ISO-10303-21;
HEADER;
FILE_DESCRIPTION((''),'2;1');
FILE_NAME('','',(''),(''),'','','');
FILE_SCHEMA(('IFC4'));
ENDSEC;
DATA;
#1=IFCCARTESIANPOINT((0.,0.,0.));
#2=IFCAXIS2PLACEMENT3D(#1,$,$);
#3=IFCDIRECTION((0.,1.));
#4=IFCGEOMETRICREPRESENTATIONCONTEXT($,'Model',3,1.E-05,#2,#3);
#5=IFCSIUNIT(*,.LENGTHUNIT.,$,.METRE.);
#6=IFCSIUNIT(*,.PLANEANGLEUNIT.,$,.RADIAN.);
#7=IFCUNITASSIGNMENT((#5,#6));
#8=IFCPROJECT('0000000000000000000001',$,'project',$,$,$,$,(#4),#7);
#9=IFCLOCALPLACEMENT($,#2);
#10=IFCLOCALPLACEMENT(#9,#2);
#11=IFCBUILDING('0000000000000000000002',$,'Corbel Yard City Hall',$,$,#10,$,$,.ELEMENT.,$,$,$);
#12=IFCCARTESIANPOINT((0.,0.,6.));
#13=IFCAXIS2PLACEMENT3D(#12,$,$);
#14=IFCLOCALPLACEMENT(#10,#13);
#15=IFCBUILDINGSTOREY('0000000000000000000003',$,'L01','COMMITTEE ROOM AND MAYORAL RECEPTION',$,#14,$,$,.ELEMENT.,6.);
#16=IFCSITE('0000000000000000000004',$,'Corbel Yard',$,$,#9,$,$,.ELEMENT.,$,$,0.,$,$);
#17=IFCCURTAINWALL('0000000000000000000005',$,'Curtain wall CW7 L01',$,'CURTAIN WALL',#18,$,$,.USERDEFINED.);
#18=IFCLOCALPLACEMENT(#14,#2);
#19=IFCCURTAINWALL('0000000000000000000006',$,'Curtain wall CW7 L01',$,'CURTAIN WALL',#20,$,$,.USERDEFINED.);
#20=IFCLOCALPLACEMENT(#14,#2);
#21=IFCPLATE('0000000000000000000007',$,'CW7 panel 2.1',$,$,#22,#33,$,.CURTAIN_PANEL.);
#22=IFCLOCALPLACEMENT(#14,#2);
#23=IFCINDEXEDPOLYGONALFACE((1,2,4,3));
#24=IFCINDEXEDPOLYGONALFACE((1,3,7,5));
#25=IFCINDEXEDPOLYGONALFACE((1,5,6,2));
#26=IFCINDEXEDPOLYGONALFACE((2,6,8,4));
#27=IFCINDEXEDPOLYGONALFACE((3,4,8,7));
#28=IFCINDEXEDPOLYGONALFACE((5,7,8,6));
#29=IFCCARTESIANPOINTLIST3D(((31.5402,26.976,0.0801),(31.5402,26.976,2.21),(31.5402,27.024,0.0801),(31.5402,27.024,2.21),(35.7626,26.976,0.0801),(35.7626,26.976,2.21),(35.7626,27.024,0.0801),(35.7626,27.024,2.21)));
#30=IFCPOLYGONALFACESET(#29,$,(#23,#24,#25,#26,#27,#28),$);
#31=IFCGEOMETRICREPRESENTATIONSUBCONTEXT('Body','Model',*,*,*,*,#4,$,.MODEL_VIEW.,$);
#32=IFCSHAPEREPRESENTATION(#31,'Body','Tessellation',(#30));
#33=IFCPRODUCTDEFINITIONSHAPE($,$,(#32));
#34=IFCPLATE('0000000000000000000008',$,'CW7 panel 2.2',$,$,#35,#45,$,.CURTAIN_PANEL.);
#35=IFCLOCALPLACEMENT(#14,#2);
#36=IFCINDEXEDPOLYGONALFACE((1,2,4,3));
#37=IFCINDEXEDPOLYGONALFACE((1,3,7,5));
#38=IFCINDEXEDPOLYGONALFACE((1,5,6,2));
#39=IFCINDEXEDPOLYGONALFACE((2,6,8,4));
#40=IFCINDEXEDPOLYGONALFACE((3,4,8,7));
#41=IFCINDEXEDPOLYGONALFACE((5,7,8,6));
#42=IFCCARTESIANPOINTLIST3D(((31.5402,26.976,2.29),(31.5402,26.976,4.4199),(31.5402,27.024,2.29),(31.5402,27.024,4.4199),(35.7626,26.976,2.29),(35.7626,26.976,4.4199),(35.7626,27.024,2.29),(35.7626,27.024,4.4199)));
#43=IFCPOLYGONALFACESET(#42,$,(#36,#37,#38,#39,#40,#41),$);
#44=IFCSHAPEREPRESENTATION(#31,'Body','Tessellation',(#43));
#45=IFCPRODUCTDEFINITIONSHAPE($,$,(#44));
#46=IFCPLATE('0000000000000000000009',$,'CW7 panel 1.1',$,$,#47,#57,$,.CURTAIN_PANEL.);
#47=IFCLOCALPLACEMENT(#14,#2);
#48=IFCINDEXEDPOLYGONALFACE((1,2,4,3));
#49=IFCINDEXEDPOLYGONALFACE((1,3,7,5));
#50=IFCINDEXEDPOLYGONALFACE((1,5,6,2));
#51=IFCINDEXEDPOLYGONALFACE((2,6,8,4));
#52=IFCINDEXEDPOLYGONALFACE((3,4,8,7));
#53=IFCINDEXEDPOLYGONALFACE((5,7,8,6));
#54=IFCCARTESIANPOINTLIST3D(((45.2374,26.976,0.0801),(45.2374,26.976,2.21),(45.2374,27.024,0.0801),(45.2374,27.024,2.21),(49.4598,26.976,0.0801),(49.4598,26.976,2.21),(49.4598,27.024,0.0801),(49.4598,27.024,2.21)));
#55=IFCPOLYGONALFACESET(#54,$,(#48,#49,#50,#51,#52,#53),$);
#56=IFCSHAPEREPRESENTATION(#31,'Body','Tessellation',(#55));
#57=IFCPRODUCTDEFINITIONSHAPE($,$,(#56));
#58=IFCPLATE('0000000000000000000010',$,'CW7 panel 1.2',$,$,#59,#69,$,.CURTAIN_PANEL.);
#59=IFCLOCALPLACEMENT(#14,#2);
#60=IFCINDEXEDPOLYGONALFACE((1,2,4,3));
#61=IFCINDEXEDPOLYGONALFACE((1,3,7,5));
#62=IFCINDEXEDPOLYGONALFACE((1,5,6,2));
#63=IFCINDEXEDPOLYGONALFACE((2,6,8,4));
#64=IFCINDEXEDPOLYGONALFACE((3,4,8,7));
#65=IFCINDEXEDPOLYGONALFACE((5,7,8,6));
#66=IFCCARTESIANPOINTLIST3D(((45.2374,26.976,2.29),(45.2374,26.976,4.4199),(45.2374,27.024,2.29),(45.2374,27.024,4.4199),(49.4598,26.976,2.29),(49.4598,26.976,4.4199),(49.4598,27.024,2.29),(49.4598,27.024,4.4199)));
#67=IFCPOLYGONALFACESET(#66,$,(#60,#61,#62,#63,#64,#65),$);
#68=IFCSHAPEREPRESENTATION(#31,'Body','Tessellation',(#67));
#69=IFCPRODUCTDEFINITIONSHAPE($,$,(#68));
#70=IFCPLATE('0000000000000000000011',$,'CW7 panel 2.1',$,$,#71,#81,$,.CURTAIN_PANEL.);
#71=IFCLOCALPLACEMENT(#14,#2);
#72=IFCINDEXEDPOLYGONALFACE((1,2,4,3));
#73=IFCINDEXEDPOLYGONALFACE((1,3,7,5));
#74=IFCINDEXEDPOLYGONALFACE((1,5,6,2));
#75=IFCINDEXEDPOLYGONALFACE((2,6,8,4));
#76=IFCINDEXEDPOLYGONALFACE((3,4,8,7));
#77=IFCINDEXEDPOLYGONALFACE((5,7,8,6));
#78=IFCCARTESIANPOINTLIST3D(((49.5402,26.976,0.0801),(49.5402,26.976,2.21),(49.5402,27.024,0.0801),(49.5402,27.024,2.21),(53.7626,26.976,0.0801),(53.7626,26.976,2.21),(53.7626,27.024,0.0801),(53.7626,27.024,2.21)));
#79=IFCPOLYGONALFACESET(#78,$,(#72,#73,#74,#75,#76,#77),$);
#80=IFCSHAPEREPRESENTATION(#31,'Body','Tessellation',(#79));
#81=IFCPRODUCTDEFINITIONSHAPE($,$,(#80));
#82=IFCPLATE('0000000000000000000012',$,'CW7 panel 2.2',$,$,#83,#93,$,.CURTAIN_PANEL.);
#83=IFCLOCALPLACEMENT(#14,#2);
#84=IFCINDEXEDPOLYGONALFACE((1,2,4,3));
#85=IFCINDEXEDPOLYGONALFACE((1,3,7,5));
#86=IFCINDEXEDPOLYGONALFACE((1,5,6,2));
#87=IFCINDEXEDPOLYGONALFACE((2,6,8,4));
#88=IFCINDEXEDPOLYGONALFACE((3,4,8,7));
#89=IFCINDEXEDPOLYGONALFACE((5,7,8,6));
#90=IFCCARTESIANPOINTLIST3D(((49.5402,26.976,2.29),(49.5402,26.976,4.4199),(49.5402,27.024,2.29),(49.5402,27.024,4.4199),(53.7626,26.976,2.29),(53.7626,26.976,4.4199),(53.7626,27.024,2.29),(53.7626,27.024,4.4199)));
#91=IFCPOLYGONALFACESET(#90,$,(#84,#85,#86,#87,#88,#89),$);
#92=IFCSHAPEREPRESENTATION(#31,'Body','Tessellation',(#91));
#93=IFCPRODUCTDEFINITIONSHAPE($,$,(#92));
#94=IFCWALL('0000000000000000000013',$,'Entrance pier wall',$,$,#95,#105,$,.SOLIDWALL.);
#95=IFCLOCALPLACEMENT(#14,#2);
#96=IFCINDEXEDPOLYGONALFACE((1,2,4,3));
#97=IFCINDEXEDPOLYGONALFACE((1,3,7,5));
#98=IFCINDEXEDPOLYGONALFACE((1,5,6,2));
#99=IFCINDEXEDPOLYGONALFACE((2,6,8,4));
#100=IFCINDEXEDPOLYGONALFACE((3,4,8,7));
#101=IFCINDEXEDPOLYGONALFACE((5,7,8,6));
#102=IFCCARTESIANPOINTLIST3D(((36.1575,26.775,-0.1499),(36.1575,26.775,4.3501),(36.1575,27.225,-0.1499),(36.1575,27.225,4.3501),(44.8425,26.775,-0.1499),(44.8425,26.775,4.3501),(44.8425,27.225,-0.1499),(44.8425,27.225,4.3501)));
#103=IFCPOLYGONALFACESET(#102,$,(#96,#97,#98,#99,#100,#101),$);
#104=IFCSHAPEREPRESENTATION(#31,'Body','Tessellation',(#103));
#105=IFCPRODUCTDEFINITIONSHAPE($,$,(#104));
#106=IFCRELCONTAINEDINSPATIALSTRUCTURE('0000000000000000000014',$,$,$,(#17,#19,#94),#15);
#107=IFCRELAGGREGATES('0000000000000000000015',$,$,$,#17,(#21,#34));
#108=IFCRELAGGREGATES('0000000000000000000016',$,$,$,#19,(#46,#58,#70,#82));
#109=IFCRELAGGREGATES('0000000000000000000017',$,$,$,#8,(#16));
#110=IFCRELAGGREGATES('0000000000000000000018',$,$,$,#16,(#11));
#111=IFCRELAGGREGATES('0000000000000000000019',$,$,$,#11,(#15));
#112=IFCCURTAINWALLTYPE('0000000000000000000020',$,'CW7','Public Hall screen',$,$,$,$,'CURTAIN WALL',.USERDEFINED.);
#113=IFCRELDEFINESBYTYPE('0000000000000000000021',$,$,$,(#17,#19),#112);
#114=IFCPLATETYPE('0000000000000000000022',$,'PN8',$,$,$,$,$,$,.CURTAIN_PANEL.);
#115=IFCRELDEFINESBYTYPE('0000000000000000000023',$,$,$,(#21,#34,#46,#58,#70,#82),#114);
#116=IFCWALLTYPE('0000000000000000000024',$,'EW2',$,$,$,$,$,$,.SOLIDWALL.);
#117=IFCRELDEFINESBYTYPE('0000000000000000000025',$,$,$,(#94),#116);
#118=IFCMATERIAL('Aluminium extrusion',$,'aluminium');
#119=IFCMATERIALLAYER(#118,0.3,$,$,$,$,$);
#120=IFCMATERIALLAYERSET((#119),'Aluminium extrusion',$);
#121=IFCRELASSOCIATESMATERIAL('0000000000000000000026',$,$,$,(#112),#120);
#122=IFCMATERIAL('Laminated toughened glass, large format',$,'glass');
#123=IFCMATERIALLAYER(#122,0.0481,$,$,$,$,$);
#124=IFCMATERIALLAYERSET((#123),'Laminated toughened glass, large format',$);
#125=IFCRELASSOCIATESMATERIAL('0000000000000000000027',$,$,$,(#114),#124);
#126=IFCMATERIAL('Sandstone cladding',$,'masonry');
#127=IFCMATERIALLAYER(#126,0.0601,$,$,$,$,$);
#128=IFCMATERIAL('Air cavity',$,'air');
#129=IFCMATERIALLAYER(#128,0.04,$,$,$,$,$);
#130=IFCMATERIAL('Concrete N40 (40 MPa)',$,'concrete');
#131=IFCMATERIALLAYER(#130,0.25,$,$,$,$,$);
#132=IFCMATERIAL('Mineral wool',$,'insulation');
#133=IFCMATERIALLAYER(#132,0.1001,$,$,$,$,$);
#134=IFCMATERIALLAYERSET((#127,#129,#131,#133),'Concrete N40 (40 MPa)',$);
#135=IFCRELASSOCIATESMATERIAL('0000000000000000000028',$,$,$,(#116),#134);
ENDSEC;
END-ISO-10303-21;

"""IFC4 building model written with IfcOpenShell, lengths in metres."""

from ifc_helpers import new_model, si_unit, direction, frame, frame_2d, origin, origin_2d, place, context, subcontext, project, spatial, rectangle, extrude, material, layer, layer_set, type_object, element, aggregate, save


model = new_model("IFC4")

# Units and contexts
model_context = context("Model", 3, precision=1e-05, world=origin(), true_north=direction((0.0, 1.0)))
body_context = subcontext(model_context, "Body", "Model", "MODEL_VIEW")
ifc_project = project(units=[si_unit("LENGTHUNIT", "METRE"), si_unit("PLANEANGLEUNIT", "RADIAN")], contexts=[model_context])

# Site, building, storey
site_placement = place(None, origin())
site = spatial("IfcSite", under=ifc_project, at=site_placement, Name="Corbel Yard", CompositionType="ELEMENT", RefElevation=0.0)
building_placement = place(site_placement, origin())
building = spatial("IfcBuilding", under=site, at=building_placement, Name="Corbel Yard City Hall", CompositionType="ELEMENT")
storey_placement = place(building_placement, frame((0.0, 0.0, 6.0)))
storey = spatial("IfcBuildingStorey", under=building, at=storey_placement, Name="L01", Description="COMMITTEE ROOM AND MAYORAL RECEPTION", CompositionType="ELEMENT", Elevation=6.0)

# Curtain walls
ifc_material_1 = material(Name="Aluminium extrusion", Category="aluminium")
ifc_layer_1 = layer(ifc_material_1, 0.3)
ifc_layer_set_1 = layer_set([ifc_layer_1], Name="Aluminium extrusion")
curtain_wall_type_1 = type_object("IfcCurtainWallType", Name="CW7", Description="Public Hall screen", ElementType="CURTAIN WALL", PredefinedType="USERDEFINED", material=ifc_layer_set_1)
curtain_wall_1_placement = place(storey_placement, origin())
curtain_wall_1 = element("IfcCurtainWall", 1, at=curtain_wall_1_placement, inside=storey, type_object=curtain_wall_type_1, Name="Curtain wall CW7 L01", ObjectType="CURTAIN WALL", PredefinedType="USERDEFINED")
curtain_wall_2_placement = place(storey_placement, origin())
curtain_wall_2 = element("IfcCurtainWall", 2, at=curtain_wall_2_placement, inside=storey, type_object=curtain_wall_type_1, Name="Curtain wall CW7 L01", ObjectType="CURTAIN WALL", PredefinedType="USERDEFINED")

# Plates
ifc_material_2 = material(Name="Laminated toughened glass, large format", Category="glass")
ifc_layer_2 = layer(ifc_material_2, 0.0481)
ifc_layer_set_2 = layer_set([ifc_layer_2], Name="Laminated toughened glass, large format")
plate_type_1 = type_object("IfcPlateType", Name="PN8", PredefinedType="CURTAIN_PANEL", material=ifc_layer_set_2)
plate_1_placement = place(storey_placement, frame((33.6514, 27.0, 0.0801), z_axis=(0.0, 0.0, 1.0), x_axis=(1.0, 0.0, 0.0)))
plate_1 = element("IfcPlate", 3, at=plate_1_placement, type_object=plate_type_1, Name="CW7 panel 2.1", PredefinedType="CURTAIN_PANEL", context=body_context, shape_type="SweptSolid", body=[
    extrude(rectangle(XDim=4.2224, YDim=0.0481, at=origin_2d()), origin(), (0.0, 0.0, 1.0), 2.1299),
])
plate_2_placement = place(storey_placement, frame((33.6514, 27.0, 2.29), z_axis=(0.0, 0.0, 1.0), x_axis=(1.0, 0.0, 0.0)))
plate_2 = element("IfcPlate", 4, at=plate_2_placement, type_object=plate_type_1, Name="CW7 panel 2.2", PredefinedType="CURTAIN_PANEL", context=body_context, shape_type="SweptSolid", body=[
    extrude(rectangle(XDim=4.2224, YDim=0.0481, at=origin_2d()), origin(), (0.0, 0.0, 1.0), 2.1299),
])
aggregate(curtain_wall_1, [plate_1, plate_2])
plate_3_placement = place(storey_placement, frame((47.3486, 27.0, 0.0801), z_axis=(0.0, 0.0, 1.0), x_axis=(1.0, 0.0, 0.0)))
plate_3 = element("IfcPlate", 5, at=plate_3_placement, type_object=plate_type_1, Name="CW7 panel 1.1", PredefinedType="CURTAIN_PANEL", context=body_context, shape_type="SweptSolid", body=[
    extrude(rectangle(XDim=4.2224, YDim=0.0481, at=origin_2d()), origin(), (0.0, 0.0, 1.0), 2.1299),
])
plate_4_placement = place(storey_placement, frame((47.3486, 27.0, 2.29), z_axis=(0.0, 0.0, 1.0), x_axis=(1.0, 0.0, 0.0)))
plate_4 = element("IfcPlate", 6, at=plate_4_placement, type_object=plate_type_1, Name="CW7 panel 1.2", PredefinedType="CURTAIN_PANEL", context=body_context, shape_type="SweptSolid", body=[
    extrude(rectangle(XDim=4.2224, YDim=0.0481, at=origin_2d()), origin(), (0.0, 0.0, 1.0), 2.1299),
])
plate_5_placement = place(storey_placement, frame((51.6514, 27.0, 0.0801), z_axis=(0.0, 0.0, 1.0), x_axis=(1.0, 0.0, 0.0)))
plate_5 = element("IfcPlate", 7, at=plate_5_placement, type_object=plate_type_1, Name="CW7 panel 2.1", PredefinedType="CURTAIN_PANEL", context=body_context, shape_type="SweptSolid", body=[
    extrude(rectangle(XDim=4.2224, YDim=0.0481, at=origin_2d()), origin(), (0.0, 0.0, 1.0), 2.1299),
])
plate_6_placement = place(storey_placement, frame((51.6514, 27.0, 2.29), z_axis=(0.0, 0.0, 1.0), x_axis=(1.0, 0.0, 0.0)))
plate_6 = element("IfcPlate", 8, at=plate_6_placement, type_object=plate_type_1, Name="CW7 panel 2.2", PredefinedType="CURTAIN_PANEL", context=body_context, shape_type="SweptSolid", body=[
    extrude(rectangle(XDim=4.2224, YDim=0.0481, at=origin_2d()), origin(), (0.0, 0.0, 1.0), 2.1299),
])
aggregate(curtain_wall_2, [plate_3, plate_4, plate_5, plate_6])

# Wall
ifc_material_3 = material(Name="Sandstone cladding", Category="masonry")
ifc_layer_3 = layer(ifc_material_3, 0.0601)
ifc_material_4 = material(Name="Air cavity", Category="air")
ifc_layer_4 = layer(ifc_material_4, 0.04)
ifc_material_5 = material(Name="Concrete N40 (40 MPa)", Category="concrete")
ifc_layer_5 = layer(ifc_material_5, 0.25)
ifc_material_6 = material(Name="Mineral wool", Category="insulation")
ifc_layer_6 = layer(ifc_material_6, 0.1001)
ifc_layer_set_3 = layer_set([ifc_layer_3, ifc_layer_4, ifc_layer_5, ifc_layer_6], Name="Concrete N40 (40 MPa)")
wall_type = type_object("IfcWallType", Name="EW2", PredefinedType="SOLIDWALL", material=ifc_layer_set_3)
wall_placement = place(storey_placement, frame((36.1575, 27.0, -0.1499), z_axis=(0.0, 0.0, 1.0), x_axis=(1.0, 0.0, 0.0)))
element("IfcWall", 9, at=wall_placement, inside=storey, type_object=wall_type, Name="Entrance pier wall", PredefinedType="SOLIDWALL", context=body_context, shape_type="SweptSolid", body=[
    extrude(rectangle(XDim=8.6851, YDim=0.45, at=frame_2d((4.3425, 0.0))), origin(), (0.0, 0.0, 1.0), 4.5),
])

save(model, "model.ifc")
